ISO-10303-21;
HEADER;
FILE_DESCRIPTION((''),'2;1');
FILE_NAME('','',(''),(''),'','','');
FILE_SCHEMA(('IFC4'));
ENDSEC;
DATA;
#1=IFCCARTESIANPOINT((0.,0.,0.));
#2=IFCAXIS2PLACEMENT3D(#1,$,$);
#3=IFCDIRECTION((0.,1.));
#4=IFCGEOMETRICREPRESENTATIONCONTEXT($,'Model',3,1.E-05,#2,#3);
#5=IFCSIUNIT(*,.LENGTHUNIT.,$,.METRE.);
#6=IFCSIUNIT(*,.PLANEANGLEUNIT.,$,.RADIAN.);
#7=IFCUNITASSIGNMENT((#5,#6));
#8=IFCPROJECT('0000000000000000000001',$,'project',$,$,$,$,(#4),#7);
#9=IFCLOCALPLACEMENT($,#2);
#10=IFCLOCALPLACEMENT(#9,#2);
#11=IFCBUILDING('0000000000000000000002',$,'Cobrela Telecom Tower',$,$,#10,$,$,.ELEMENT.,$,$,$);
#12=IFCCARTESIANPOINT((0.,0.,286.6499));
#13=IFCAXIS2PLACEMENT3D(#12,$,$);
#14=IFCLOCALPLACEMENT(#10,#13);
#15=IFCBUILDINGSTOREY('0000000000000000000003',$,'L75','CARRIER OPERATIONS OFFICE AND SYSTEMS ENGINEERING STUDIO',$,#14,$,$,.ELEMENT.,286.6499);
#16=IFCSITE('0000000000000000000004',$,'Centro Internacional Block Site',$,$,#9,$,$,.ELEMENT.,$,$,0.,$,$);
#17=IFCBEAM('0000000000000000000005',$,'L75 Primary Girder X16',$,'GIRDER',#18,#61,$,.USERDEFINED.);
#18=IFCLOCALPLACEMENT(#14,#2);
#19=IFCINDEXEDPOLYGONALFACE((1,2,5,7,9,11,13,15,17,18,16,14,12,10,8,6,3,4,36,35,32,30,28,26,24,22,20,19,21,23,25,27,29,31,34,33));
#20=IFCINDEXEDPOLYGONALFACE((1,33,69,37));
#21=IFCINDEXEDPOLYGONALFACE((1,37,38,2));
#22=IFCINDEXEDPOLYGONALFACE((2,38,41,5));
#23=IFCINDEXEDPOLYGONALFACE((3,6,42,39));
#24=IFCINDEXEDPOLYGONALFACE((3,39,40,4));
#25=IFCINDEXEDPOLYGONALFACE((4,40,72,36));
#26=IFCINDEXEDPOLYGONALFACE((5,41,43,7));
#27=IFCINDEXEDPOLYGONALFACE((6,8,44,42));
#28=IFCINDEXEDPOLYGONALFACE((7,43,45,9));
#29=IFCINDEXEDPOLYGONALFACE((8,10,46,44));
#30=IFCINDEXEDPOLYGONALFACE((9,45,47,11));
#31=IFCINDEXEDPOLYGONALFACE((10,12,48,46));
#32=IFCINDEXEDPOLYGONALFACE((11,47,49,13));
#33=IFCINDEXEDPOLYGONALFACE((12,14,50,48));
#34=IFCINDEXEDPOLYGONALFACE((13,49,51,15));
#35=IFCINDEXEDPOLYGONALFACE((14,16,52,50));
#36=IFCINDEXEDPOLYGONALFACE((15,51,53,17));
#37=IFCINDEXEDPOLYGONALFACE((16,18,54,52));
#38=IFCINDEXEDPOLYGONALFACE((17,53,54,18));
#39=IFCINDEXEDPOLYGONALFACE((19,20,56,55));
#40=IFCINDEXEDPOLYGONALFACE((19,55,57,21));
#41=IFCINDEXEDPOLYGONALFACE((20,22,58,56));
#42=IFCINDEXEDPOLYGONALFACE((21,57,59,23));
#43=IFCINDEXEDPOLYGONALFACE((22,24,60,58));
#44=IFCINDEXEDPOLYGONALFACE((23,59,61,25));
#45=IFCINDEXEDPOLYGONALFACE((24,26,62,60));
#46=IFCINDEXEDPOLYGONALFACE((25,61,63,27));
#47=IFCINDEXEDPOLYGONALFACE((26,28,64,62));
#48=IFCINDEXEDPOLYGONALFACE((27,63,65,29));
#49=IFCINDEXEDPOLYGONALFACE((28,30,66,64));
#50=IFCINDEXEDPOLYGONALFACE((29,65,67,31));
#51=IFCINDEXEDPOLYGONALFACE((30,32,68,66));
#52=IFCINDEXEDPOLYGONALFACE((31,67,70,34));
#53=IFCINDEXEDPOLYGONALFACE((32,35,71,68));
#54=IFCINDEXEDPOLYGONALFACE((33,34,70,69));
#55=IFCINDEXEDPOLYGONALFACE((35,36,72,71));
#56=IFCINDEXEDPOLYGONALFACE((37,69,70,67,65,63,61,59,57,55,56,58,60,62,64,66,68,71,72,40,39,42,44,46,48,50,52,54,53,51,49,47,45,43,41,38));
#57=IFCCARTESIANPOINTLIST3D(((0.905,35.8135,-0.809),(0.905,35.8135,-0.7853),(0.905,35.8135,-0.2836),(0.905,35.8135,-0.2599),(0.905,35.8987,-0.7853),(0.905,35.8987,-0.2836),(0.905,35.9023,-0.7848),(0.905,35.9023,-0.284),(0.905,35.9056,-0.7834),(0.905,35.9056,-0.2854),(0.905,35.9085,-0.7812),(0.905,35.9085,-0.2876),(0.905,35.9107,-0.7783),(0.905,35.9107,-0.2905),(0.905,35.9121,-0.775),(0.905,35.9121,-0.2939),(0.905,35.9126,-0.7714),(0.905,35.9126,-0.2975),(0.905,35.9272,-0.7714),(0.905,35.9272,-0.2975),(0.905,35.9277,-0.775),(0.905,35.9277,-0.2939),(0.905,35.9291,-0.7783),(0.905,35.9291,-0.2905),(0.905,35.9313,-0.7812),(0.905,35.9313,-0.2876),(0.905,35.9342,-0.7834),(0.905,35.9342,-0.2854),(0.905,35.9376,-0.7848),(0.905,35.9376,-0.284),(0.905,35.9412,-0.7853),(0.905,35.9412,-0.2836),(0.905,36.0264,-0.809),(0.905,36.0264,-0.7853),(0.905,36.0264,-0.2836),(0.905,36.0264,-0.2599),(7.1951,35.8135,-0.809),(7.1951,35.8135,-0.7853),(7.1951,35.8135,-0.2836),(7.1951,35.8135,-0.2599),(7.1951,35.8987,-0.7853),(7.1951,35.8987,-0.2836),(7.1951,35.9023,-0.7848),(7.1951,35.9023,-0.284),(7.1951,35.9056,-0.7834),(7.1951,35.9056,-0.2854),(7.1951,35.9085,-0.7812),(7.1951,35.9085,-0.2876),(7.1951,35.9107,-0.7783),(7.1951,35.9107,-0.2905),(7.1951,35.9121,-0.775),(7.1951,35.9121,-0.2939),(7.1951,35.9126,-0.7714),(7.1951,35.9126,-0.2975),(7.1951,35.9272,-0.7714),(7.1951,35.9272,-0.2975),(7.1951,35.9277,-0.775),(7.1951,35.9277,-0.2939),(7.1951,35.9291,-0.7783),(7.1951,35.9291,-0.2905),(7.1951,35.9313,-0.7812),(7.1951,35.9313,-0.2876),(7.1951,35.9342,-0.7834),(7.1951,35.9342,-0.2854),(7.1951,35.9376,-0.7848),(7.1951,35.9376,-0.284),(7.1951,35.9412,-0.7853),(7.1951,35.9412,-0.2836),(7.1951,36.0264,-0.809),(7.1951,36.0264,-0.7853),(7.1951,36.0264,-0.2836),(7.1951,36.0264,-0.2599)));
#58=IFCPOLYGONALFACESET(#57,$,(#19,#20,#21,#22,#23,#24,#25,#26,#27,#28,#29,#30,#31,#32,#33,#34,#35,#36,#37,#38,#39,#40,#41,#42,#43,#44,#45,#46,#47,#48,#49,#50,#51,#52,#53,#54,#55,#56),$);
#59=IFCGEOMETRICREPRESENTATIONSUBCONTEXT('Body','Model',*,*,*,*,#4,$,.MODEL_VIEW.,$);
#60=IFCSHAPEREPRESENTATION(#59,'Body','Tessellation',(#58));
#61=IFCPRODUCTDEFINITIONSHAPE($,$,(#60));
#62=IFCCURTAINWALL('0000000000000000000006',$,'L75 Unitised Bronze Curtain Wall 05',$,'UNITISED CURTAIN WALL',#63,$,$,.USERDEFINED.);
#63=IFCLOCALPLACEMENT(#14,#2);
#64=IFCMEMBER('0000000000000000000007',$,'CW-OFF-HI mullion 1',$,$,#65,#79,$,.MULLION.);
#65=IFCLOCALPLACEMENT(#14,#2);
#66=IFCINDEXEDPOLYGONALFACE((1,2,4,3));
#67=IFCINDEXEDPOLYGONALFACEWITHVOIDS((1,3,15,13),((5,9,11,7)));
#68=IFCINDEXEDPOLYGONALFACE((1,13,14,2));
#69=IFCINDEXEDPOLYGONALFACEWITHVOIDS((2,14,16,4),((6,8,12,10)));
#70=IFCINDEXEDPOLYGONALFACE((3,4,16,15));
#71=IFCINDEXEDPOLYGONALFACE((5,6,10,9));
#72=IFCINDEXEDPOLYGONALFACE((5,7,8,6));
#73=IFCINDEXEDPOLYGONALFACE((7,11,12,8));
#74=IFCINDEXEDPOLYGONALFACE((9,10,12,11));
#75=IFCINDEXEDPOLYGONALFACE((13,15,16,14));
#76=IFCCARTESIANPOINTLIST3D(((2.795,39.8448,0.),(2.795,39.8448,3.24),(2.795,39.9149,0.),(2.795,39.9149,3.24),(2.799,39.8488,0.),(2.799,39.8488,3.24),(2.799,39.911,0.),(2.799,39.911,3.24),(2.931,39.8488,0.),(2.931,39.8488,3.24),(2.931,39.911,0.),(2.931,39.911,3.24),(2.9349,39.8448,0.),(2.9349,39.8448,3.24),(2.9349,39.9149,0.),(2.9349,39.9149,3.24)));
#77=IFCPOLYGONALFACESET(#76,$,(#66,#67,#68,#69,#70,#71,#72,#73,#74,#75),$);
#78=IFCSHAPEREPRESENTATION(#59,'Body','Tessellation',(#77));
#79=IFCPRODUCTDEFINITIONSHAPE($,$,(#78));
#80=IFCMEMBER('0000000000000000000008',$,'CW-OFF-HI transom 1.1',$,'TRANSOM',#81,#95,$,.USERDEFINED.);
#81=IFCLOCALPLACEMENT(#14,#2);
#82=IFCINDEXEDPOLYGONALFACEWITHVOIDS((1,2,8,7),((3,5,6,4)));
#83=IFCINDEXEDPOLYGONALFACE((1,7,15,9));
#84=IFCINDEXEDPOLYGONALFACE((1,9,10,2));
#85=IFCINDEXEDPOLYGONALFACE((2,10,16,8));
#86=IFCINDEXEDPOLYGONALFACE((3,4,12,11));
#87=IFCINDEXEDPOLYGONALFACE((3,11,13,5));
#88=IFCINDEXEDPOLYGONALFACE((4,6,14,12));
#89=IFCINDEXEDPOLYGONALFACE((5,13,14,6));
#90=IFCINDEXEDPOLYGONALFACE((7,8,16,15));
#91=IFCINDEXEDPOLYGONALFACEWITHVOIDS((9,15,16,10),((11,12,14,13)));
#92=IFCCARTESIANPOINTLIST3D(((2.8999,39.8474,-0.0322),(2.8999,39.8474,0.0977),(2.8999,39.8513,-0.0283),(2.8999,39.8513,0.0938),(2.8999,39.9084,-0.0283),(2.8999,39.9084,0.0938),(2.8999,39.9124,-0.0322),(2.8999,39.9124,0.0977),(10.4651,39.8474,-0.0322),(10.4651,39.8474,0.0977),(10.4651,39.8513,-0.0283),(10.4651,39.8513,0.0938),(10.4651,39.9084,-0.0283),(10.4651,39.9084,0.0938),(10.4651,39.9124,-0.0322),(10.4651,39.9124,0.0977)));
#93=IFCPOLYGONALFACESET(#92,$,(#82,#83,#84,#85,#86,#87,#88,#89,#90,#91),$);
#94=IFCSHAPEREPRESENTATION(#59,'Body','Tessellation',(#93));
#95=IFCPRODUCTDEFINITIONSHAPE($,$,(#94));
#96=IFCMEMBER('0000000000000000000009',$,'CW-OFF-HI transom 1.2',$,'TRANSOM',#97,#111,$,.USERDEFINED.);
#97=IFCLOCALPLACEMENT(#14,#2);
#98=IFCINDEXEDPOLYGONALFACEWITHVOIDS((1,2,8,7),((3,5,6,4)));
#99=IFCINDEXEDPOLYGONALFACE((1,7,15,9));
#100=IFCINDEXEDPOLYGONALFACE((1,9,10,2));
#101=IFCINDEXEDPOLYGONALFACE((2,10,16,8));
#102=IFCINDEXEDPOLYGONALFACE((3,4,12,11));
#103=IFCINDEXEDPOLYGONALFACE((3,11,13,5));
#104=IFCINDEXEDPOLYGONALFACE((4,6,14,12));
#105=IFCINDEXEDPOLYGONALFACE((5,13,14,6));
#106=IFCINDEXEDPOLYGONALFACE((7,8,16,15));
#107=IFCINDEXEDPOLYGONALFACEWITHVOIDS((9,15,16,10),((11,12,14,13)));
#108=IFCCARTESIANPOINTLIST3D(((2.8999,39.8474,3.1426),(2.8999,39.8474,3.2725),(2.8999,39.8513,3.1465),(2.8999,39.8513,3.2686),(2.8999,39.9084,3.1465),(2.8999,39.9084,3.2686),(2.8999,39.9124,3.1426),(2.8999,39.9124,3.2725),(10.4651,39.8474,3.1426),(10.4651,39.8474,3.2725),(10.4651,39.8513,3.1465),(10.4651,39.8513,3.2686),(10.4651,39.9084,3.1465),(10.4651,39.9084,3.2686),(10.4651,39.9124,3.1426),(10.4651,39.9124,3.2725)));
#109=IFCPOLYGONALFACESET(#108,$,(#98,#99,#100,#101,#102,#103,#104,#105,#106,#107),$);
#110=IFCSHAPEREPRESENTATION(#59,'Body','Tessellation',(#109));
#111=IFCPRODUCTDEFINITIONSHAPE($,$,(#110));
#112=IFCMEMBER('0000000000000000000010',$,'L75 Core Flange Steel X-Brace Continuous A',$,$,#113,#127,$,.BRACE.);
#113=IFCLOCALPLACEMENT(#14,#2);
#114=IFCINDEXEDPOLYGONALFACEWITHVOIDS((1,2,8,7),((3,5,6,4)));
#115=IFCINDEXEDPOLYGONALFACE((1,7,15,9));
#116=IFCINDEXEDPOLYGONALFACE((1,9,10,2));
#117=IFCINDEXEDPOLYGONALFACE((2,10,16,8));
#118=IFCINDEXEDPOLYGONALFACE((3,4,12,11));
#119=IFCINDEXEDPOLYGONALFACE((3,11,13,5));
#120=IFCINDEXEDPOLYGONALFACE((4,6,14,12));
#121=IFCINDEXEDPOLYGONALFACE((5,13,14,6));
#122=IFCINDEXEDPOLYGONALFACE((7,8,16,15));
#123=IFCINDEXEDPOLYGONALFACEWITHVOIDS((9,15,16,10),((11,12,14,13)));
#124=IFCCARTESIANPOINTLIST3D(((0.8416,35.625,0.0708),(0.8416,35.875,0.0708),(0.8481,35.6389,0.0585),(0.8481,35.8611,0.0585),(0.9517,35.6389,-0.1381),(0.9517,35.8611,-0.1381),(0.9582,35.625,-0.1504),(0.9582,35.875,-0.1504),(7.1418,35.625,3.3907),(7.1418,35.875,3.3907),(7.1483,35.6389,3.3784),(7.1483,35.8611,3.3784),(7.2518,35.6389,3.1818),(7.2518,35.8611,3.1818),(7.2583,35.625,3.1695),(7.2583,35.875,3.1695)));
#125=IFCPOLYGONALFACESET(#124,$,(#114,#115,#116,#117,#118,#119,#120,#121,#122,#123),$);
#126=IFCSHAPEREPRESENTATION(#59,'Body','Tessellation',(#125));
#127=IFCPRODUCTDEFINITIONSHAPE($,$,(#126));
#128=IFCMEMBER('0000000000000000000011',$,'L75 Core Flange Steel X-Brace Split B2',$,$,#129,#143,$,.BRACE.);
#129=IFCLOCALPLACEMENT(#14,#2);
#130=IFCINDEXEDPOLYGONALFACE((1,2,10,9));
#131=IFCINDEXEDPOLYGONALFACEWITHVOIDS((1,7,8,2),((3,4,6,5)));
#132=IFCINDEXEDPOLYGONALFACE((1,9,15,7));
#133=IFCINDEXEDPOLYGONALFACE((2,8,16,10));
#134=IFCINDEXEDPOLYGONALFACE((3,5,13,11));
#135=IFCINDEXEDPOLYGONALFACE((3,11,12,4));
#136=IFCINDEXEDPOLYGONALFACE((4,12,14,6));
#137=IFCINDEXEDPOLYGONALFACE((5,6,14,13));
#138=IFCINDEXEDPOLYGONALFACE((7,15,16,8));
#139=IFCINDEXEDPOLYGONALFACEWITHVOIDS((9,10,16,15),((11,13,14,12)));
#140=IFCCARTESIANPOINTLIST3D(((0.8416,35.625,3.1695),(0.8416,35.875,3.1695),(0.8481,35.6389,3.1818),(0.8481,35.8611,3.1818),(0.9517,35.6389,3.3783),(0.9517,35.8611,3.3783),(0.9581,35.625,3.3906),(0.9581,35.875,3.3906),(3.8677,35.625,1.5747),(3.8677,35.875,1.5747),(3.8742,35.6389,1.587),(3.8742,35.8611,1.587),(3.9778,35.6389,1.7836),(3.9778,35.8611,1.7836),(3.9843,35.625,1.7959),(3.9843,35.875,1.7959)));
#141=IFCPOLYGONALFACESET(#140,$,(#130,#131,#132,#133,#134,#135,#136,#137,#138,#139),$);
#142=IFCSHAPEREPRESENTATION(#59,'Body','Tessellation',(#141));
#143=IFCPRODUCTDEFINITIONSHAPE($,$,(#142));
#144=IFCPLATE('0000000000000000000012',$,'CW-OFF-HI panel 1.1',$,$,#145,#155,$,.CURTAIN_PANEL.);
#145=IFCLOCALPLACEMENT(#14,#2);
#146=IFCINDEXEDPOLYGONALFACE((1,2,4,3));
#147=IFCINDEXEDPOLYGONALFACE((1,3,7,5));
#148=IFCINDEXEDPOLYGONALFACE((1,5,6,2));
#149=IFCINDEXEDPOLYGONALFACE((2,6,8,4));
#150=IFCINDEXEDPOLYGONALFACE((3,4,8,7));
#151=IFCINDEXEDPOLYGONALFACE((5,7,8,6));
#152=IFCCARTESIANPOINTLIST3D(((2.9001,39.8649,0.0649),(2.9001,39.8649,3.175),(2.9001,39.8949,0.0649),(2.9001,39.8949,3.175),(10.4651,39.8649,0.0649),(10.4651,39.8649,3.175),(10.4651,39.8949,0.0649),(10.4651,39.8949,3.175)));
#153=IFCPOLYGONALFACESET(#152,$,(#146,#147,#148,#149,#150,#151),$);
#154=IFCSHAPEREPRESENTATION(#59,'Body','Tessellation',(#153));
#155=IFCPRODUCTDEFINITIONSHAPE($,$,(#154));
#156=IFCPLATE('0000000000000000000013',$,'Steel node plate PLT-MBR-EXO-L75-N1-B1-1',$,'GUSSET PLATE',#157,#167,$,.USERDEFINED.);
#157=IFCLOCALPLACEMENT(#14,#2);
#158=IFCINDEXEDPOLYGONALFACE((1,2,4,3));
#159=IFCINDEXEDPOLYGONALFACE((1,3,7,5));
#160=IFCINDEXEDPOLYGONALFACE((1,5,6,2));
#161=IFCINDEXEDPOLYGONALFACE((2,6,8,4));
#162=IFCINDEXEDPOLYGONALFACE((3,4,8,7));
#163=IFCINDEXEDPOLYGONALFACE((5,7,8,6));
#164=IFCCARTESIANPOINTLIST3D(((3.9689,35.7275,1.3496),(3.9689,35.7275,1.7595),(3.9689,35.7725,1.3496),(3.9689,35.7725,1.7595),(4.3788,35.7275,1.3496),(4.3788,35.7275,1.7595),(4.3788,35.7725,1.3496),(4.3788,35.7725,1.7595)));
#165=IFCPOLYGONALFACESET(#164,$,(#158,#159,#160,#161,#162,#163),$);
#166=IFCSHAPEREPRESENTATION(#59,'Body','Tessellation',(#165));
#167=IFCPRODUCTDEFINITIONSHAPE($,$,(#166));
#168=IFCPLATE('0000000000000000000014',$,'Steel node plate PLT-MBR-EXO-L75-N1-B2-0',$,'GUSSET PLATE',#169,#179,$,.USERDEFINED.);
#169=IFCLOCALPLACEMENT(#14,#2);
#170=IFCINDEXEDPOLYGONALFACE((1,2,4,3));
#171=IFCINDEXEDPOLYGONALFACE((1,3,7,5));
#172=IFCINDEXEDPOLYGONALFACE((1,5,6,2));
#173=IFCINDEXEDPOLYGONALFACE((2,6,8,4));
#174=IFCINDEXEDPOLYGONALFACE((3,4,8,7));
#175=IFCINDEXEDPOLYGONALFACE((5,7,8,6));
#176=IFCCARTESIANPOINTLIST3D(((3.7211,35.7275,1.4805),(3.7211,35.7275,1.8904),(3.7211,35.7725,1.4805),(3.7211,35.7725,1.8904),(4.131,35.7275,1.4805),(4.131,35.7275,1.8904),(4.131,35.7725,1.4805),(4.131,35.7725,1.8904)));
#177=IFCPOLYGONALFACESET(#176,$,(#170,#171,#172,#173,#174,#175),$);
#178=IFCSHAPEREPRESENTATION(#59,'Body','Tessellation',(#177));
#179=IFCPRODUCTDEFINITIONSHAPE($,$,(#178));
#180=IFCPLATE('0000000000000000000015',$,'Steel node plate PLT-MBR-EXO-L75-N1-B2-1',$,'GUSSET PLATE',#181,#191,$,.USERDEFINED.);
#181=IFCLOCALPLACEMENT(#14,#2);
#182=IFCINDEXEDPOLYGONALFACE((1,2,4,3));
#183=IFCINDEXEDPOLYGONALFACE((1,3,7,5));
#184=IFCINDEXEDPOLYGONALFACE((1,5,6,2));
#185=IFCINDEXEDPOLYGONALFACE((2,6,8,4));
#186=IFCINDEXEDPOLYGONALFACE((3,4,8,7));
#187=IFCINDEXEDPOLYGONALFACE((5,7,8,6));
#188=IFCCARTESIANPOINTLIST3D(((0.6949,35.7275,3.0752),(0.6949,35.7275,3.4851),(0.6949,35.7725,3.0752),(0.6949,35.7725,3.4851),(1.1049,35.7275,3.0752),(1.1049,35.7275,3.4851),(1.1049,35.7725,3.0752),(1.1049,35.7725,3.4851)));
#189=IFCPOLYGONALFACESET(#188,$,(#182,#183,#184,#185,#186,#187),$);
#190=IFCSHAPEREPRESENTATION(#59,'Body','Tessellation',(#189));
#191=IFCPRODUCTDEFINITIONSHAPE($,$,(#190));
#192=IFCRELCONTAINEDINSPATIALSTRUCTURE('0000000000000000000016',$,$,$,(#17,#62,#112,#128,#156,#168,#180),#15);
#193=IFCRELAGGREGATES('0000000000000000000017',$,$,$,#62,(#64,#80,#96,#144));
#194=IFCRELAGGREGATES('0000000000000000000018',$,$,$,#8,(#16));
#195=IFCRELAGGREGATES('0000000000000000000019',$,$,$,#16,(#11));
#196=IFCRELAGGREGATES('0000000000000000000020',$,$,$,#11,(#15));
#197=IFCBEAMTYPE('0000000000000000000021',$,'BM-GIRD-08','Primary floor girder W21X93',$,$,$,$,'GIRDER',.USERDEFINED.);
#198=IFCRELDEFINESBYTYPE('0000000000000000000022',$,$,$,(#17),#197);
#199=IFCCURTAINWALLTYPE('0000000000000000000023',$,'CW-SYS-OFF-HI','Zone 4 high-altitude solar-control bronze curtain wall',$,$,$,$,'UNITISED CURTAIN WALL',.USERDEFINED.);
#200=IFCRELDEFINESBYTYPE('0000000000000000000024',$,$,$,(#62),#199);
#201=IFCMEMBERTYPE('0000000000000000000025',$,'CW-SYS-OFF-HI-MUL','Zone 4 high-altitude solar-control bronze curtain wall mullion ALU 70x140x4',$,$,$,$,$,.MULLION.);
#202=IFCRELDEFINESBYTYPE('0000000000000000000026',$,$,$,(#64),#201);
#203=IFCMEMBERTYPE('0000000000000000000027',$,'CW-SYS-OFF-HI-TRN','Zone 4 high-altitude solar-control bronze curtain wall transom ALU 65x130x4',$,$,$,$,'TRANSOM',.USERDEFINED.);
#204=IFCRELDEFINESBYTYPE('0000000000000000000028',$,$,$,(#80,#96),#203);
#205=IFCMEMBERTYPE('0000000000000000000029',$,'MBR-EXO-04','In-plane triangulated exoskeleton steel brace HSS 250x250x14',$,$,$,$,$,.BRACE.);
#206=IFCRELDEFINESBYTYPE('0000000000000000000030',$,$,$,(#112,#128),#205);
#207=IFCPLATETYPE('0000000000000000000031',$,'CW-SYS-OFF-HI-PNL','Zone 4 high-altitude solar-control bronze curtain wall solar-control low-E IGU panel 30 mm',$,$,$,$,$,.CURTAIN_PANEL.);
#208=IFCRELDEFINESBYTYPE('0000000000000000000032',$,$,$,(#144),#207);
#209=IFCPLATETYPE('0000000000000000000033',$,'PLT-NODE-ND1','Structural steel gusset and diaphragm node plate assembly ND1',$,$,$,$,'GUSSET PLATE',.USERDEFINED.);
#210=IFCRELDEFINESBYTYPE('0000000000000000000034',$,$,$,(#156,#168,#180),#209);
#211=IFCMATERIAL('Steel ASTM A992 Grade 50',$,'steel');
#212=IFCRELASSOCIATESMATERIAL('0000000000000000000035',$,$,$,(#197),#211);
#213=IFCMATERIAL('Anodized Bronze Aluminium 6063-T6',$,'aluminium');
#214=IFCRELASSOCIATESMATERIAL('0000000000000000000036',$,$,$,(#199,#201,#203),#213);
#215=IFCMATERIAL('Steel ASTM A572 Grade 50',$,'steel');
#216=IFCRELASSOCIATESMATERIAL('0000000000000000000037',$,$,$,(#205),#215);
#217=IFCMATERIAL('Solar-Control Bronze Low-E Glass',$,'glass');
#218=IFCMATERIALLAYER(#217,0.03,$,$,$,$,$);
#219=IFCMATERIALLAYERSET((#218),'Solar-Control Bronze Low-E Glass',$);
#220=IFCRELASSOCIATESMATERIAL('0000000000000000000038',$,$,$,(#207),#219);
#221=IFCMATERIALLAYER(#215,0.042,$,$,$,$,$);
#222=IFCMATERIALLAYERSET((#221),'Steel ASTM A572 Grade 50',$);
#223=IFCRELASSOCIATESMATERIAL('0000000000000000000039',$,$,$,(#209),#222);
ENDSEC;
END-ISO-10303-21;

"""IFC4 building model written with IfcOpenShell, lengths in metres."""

from ifc_helpers import new_model, si_unit, direction, frame, origin, origin_2d, place, context, subcontext, project, spatial, rectangle, hollow_rectangle, i_section, extrude, material, layer, layer_set, material_profile, profile_set, type_object, element, aggregate, save


model = new_model("IFC4")

# Units and contexts
model_context = context("Model", 3, precision=1e-05, world=origin(), true_north=direction((0.0, 1.0)))
body_context = subcontext(model_context, "Body", "Model", "MODEL_VIEW")
ifc_project = project(units=[si_unit("LENGTHUNIT", "METRE"), si_unit("PLANEANGLEUNIT", "RADIAN")], contexts=[model_context])

# Site, building, storey
site_placement = place(None, origin())
site = spatial("IfcSite", under=ifc_project, at=site_placement, Name="Centro Internacional Block Site", CompositionType="ELEMENT", RefElevation=0.0)
building_placement = place(site_placement, origin())
building = spatial("IfcBuilding", under=site, at=building_placement, Name="Cobrela Telecom Tower", CompositionType="ELEMENT")
storey_placement = place(building_placement, frame((0.0, 0.0, 286.6499)))
storey = spatial("IfcBuildingStorey", under=building, at=storey_placement, Name="L75", Description="CARRIER OPERATIONS OFFICE AND SYSTEMS ENGINEERING STUDIO", CompositionType="ELEMENT", Elevation=286.6499)

# Beam
ifc_material_1 = material(Name="Steel ASTM A992 Grade 50", Category="steel")
ifc_material_profile_1 = material_profile(ifc_material_1, i_section(OverallWidth=0.2129, OverallDepth=0.5491, WebThickness=0.0146, FlangeThickness=0.0237, FilletRadius=0.0139, at=origin_2d()), Name="W21X93")
ifc_profile_set_1 = profile_set([ifc_material_profile_1], Name="Steel ASTM A992 Grade 50")
beam_type = type_object("IfcBeamType", Name="BM-GIRD-08", Description="Primary floor girder W21X93", ElementType="GIRDER", PredefinedType="USERDEFINED", material=ifc_profile_set_1)
beam_placement = place(storey_placement, frame((0.905, 35.9199, -0.5344), z_axis=(1.0, 0.0, 0.0), x_axis=(0.0, 1.0, 0.0)))
element("IfcBeam", 1, at=beam_placement, inside=storey, type_object=beam_type, Name="L75 Primary Girder X16", ObjectType="GIRDER", PredefinedType="USERDEFINED", context=body_context, shape_type="SweptSolid", body=[
    extrude(i_section(OverallWidth=0.2129, OverallDepth=0.5491, WebThickness=0.0146, FlangeThickness=0.0237, FilletRadius=0.0139, at=origin_2d()), origin(), (0.0, 0.0, 1.0), 6.29),
])

# Curtain wall, members
ifc_material_2 = material(Name="Anodized Bronze Aluminium 6063-T6", Category="aluminium")
curtain_wall_type = type_object("IfcCurtainWallType", Name="CW-SYS-OFF-HI", Description="Zone 4 high-altitude solar-control bronze curtain wall", ElementType="UNITISED CURTAIN WALL", PredefinedType="USERDEFINED", material=ifc_material_2)
curtain_wall_placement = place(storey_placement, origin())
curtain_wall = element("IfcCurtainWall", 2, at=curtain_wall_placement, inside=storey, type_object=curtain_wall_type, Name="L75 Unitised Bronze Curtain Wall 05", ObjectType="UNITISED CURTAIN WALL", PredefinedType="USERDEFINED")
ifc_material_profile_2 = material_profile(ifc_material_2, hollow_rectangle(XDim=0.0701, YDim=0.1399, WallThickness=0.0039, at=origin_2d()), Name="ALU 70x140x4")
ifc_profile_set_2 = profile_set([ifc_material_profile_2], Name="Anodized Bronze Aluminium 6063-T6")
member_type_1 = type_object("IfcMemberType", Name="CW-SYS-OFF-HI-MUL", Description="Zone 4 high-altitude solar-control bronze curtain wall mullion ALU 70x140x4", PredefinedType="MULLION", material=ifc_profile_set_2)
member_1_placement = place(storey_placement, frame((2.865, 39.8799, 0.0), z_axis=(0.0, 0.0, 1.0), x_axis=(0.0, 1.0, 0.0)))
member_1 = element("IfcMember", 3, at=member_1_placement, type_object=member_type_1, Name="CW-OFF-HI mullion 1", PredefinedType="MULLION", context=body_context, shape_type="SweptSolid", body=[
    extrude(hollow_rectangle(XDim=0.0701, YDim=0.1399, WallThickness=0.0039, at=origin_2d()), origin(), (0.0, 0.0, 1.0), 3.24),
])
ifc_material_profile_3 = material_profile(ifc_material_2, hollow_rectangle(XDim=0.0649, YDim=0.1299, WallThickness=0.0039, at=origin_2d()), Name="ALU 65x130x4")
ifc_profile_set_3 = profile_set([ifc_material_profile_3], Name="Anodized Bronze Aluminium 6063-T6")
member_type_2 = type_object("IfcMemberType", Name="CW-SYS-OFF-HI-TRN", Description="Zone 4 high-altitude solar-control bronze curtain wall transom ALU 65x130x4", ElementType="TRANSOM", PredefinedType="USERDEFINED", material=ifc_profile_set_3)
member_2_placement = place(storey_placement, frame((2.8999, 39.8799, 0.0327), z_axis=(1.0, 0.0, 0.0), x_axis=(0.0, 1.0, 0.0)))
member_2 = element("IfcMember", 4, at=member_2_placement, type_object=member_type_2, Name="CW-OFF-HI transom 1.1", ObjectType="TRANSOM", PredefinedType="USERDEFINED", context=body_context, shape_type="SweptSolid", body=[
    extrude(hollow_rectangle(XDim=0.0649, YDim=0.1299, WallThickness=0.0039, at=origin_2d()), origin(), (0.0, 0.0, 1.0), 7.5652),
])
member_3_placement = place(storey_placement, frame((2.8999, 39.8799, 3.2075), z_axis=(1.0, 0.0, 0.0), x_axis=(0.0, 1.0, 0.0)))
member_3 = element("IfcMember", 5, at=member_3_placement, type_object=member_type_2, Name="CW-OFF-HI transom 1.2", ObjectType="TRANSOM", PredefinedType="USERDEFINED", context=body_context, shape_type="SweptSolid", body=[
    extrude(hollow_rectangle(XDim=0.0649, YDim=0.1299, WallThickness=0.0039, at=origin_2d()), origin(), (0.0, 0.0, 1.0), 7.5652),
])

# Members
ifc_material_3 = material(Name="Steel ASTM A572 Grade 50", Category="steel")
ifc_material_profile_4 = material_profile(ifc_material_3, hollow_rectangle(XDim=0.25, YDim=0.25, WallThickness=0.0139, at=origin_2d()), Name="HSS 250x250x14")
ifc_profile_set_4 = profile_set([ifc_material_profile_4], Name="Steel ASTM A572 Grade 50")
member_type_3 = type_object("IfcMemberType", Name="MBR-EXO-04", Description="In-plane triangulated exoskeleton steel brace HSS 250x250x14", PredefinedType="BRACE", material=ifc_profile_set_4)
member_4_placement = place(storey_placement, frame((0.8999, 35.75, -0.0398), z_axis=(0.884686, 0.0, 0.466187), x_axis=(0.0, 1.0, 0.0)))
element("IfcMember", 6, at=member_4_placement, inside=storey, type_object=member_type_3, Name="L75 Core Flange Steel X-Brace Continuous A", PredefinedType="BRACE", context=body_context, shape_type="SweptSolid", body=[
    extrude(hollow_rectangle(XDim=0.25, YDim=0.25, WallThickness=0.0139, at=origin_2d()), origin(), (0.0, 0.0, 1.0), 7.1213),
])
member_5_placement = place(storey_placement, frame((3.926, 35.75, 1.6853), z_axis=(-0.884673, 0.0, 0.466211), x_axis=(0.0, -1.0, 0.0)))
element("IfcMember", 7, at=member_5_placement, inside=storey, type_object=member_type_3, Name="L75 Core Flange Steel X-Brace Split B2", PredefinedType="BRACE", context=body_context, shape_type="SweptSolid", body=[
    extrude(hollow_rectangle(XDim=0.25, YDim=0.25, WallThickness=0.0139, at=origin_2d()), origin(), (0.0, 0.0, 1.0), 3.4207),
])

# Plate
ifc_material_4 = material(Name="Solar-Control Bronze Low-E Glass", Category="glass")
ifc_layer_1 = layer(ifc_material_4, 0.03)
ifc_layer_set_1 = layer_set([ifc_layer_1], Name="Solar-Control Bronze Low-E Glass")
plate_type_1 = type_object("IfcPlateType", Name="CW-SYS-OFF-HI-PNL", Description="Zone 4 high-altitude solar-control bronze curtain wall solar-control low-E IGU panel 30 mm", PredefinedType="CURTAIN_PANEL", material=ifc_layer_set_1)
plate_1_placement = place(storey_placement, frame((6.6826, 39.8799, 0.0649), z_axis=(0.0, 0.0, 1.0), x_axis=(1.0, 0.0, 0.0)))
plate_1 = element("IfcPlate", 8, at=plate_1_placement, type_object=plate_type_1, Name="CW-OFF-HI panel 1.1", PredefinedType="CURTAIN_PANEL", context=body_context, shape_type="SweptSolid", body=[
    extrude(rectangle(XDim=7.5649, YDim=0.03, at=origin_2d()), origin(), (0.0, 0.0, 1.0), 3.1101),
])
aggregate(curtain_wall, [member_1, member_2, member_3, plate_1])

# Plates
ifc_layer_2 = layer(ifc_material_3, 0.042)
ifc_layer_set_2 = layer_set([ifc_layer_2], Name="Steel ASTM A572 Grade 50")
plate_type_2 = type_object("IfcPlateType", Name="PLT-NODE-ND1", Description="Structural steel gusset and diaphragm node plate assembly ND1", ElementType="GUSSET PLATE", PredefinedType="USERDEFINED", material=ifc_layer_set_2)
for number, where, z_axis, x_axis, name in (
    (9, (4.1738, 35.75, 1.3496), (0.0, 0.0, 1.0), (-1.0, 0.0, 0.0), "Steel node plate PLT-MBR-EXO-L75-N1-B1-1"),
    (10, (3.926, 35.75, 1.4805), (0.0, 0.0, 1.0), (-1.0, 0.0, 0.0), "Steel node plate PLT-MBR-EXO-L75-N1-B2-0"),
    (11, (0.8999, 35.75, 3.0752), (0.0, 0.0, 1.0), (-1.0, 0.0, 0.0), "Steel node plate PLT-MBR-EXO-L75-N1-B2-1"),
):
    element("IfcPlate", number, at=place(storey_placement, frame(where, z_axis=z_axis, x_axis=x_axis)), inside=storey, type_object=plate_type_2, Name=name, ObjectType="GUSSET PLATE", PredefinedType="USERDEFINED", context=body_context, shape_type="SweptSolid", body=[
        extrude(rectangle(XDim=0.4099, YDim=0.0449, at=origin_2d()), origin(), (0.0, 0.0, 1.0), 0.4099),
    ])

save(model, "model.ifc")
